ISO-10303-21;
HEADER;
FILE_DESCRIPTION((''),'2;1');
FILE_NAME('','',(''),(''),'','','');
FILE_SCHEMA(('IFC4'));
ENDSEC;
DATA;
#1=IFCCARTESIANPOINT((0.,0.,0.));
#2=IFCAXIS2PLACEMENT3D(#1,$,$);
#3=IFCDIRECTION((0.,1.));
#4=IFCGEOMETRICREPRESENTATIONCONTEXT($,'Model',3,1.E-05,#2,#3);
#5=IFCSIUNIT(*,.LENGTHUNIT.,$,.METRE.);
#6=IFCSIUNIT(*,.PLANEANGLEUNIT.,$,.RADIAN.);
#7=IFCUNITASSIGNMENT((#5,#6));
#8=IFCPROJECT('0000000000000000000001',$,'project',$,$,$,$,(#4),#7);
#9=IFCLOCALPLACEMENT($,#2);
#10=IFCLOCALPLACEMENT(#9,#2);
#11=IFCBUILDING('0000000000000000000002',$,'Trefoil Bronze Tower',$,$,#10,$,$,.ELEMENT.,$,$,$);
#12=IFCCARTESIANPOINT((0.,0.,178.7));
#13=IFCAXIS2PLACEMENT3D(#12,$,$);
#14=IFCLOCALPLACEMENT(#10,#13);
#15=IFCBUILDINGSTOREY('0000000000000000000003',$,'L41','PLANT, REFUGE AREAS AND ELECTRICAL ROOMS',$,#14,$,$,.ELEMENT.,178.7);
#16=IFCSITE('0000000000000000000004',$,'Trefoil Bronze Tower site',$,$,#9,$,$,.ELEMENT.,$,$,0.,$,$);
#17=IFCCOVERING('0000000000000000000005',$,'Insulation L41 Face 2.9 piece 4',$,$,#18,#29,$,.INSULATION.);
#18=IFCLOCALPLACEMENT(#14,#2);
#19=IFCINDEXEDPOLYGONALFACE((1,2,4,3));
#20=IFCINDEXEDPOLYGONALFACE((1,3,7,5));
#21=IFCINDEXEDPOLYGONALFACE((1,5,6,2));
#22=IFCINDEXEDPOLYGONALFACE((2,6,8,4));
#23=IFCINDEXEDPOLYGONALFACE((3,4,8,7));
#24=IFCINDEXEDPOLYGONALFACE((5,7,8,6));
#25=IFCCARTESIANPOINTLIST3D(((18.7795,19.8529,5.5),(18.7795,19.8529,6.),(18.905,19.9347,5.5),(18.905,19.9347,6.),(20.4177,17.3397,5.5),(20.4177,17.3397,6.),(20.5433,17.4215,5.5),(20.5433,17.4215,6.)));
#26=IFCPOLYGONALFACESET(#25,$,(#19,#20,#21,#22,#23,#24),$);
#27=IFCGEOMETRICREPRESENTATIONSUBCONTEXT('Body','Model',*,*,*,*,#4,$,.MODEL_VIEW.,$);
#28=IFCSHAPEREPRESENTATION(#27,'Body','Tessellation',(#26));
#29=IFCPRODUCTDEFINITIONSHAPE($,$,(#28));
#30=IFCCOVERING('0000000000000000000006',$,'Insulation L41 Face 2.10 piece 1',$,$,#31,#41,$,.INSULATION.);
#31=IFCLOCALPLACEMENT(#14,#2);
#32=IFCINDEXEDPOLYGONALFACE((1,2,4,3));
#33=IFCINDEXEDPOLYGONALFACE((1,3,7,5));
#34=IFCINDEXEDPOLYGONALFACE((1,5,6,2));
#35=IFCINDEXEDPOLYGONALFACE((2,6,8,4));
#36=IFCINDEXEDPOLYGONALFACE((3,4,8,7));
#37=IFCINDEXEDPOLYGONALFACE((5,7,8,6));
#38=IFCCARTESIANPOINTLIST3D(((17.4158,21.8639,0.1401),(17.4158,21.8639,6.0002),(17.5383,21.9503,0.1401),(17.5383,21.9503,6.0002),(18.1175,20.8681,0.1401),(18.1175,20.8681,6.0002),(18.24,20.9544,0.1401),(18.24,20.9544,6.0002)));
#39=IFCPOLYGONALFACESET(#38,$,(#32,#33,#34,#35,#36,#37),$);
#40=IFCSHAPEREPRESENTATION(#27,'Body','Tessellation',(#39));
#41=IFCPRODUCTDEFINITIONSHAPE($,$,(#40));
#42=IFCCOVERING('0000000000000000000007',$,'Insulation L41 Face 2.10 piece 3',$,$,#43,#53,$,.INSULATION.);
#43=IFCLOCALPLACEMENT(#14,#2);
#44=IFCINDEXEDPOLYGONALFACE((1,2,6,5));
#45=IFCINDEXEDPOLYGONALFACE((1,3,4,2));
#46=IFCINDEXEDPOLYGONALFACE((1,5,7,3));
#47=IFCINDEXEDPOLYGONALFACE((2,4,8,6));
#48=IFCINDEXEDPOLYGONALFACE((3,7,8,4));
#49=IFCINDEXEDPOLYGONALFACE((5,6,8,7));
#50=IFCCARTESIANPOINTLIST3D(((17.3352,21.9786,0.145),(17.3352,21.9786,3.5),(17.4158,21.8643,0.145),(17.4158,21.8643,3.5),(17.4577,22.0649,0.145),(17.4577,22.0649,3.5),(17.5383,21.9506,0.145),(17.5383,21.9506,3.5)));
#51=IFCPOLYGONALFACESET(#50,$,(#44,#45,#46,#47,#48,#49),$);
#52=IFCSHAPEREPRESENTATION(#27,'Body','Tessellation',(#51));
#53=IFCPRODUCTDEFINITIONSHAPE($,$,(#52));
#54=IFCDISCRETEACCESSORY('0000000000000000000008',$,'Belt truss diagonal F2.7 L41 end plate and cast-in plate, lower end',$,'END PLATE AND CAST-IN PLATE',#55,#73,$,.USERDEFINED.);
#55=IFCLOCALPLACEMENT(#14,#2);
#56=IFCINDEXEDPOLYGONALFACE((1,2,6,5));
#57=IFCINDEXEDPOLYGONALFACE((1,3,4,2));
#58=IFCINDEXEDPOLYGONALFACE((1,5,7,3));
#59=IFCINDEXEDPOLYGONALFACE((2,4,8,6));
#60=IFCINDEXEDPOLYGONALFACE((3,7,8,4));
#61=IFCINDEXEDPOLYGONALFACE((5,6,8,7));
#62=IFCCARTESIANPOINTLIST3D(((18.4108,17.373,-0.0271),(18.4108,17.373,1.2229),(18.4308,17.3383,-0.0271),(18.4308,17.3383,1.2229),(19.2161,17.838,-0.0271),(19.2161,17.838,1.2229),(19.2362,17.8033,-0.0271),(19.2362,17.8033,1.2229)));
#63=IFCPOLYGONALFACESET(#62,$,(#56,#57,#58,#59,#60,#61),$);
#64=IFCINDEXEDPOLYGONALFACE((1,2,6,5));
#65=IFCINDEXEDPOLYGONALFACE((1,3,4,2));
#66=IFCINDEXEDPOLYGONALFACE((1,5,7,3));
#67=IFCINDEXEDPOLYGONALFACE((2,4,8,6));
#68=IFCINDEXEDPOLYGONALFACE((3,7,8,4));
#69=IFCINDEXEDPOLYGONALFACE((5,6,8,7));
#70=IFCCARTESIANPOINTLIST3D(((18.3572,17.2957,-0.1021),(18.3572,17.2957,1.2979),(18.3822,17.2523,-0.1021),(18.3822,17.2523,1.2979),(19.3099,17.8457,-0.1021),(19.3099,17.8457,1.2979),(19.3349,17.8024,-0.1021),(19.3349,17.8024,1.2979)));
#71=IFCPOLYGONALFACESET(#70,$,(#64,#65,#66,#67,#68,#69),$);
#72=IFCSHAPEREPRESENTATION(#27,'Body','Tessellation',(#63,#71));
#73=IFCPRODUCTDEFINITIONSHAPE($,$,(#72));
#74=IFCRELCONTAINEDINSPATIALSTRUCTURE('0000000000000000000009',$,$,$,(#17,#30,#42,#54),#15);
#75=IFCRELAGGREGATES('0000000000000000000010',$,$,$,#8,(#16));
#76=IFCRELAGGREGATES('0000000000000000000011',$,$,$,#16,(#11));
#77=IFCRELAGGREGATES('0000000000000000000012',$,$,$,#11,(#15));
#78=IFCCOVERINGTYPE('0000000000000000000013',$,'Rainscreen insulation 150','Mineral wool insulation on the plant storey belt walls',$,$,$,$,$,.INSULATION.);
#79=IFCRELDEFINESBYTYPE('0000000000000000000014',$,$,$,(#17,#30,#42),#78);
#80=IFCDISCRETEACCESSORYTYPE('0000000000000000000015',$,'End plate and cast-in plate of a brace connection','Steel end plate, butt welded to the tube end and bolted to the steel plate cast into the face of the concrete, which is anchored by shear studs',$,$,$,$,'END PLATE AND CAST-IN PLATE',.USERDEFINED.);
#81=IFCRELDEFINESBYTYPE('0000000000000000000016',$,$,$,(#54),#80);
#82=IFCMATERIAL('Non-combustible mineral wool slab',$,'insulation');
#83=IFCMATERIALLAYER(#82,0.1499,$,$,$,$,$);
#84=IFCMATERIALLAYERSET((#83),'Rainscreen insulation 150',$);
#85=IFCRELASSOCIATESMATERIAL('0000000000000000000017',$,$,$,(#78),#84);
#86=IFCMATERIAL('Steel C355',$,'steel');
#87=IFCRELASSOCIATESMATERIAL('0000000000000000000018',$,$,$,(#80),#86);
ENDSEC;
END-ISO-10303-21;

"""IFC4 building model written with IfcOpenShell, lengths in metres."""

from ifc_helpers import new_model, si_unit, direction, frame, origin, origin_2d, place, context, subcontext, project, spatial, rectangle, extrude, material, layer, layer_set, type_object, element, save


model = new_model("IFC4")

# Units and contexts
model_context = context("Model", 3, precision=1e-05, world=origin(), true_north=direction((0.0, 1.0)))
body_context = subcontext(model_context, "Body", "Model", "MODEL_VIEW")
ifc_project = project(units=[si_unit("LENGTHUNIT", "METRE"), si_unit("PLANEANGLEUNIT", "RADIAN")], contexts=[model_context])

# Site, building, storey
site_placement = place(None, origin())
site = spatial("IfcSite", under=ifc_project, at=site_placement, Name="Trefoil Bronze Tower site", CompositionType="ELEMENT", RefElevation=0.0)
building_placement = place(site_placement, origin())
building = spatial("IfcBuilding", under=site, at=building_placement, Name="Trefoil Bronze Tower", CompositionType="ELEMENT")
storey_placement = place(building_placement, frame((0.0, 0.0, 178.7)))
storey = spatial("IfcBuildingStorey", under=building, at=storey_placement, Name="L41", Description="PLANT, REFUGE AREAS AND ELECTRICAL ROOMS", CompositionType="ELEMENT", Elevation=178.7)

# Coverings
ifc_material_1 = material(Name="Non-combustible mineral wool slab", Category="insulation")
ifc_layer_1 = layer(ifc_material_1, 0.1499)
ifc_layer_set_1 = layer_set([ifc_layer_1], Name="Rainscreen insulation 150")
covering_type_1 = type_object("IfcCoveringType", Name="Rainscreen insulation 150", Description="Mineral wool insulation on the plant storey belt walls", PredefinedType="INSULATION", material=ifc_layer_set_1)
covering_1_placement = place(storey_placement, frame((19.6614, 18.6372, 5.5), z_axis=(0.0, 0.0, 1.0), x_axis=(-0.546089, 0.837727, 0.0)))
element("IfcCovering", 1, at=covering_1_placement, inside=storey, type_object=covering_type_1, Name="Insulation L41 Face 2.9 piece 4", PredefinedType="INSULATION", context=body_context, shape_type="SweptSolid", body=[
    extrude(rectangle(XDim=3.0, YDim=0.1499, at=origin_2d()), origin(), (0.0, 0.0, 1.0), 0.5),
])
covering_2_placement = place(storey_placement, frame((17.8279, 21.4092, 0.1401), z_axis=(0.0, 0.0, 1.0), x_axis=(-0.575999, 0.81745, 0.0)))
element("IfcCovering", 2, at=covering_2_placement, inside=storey, type_object=covering_type_1, Name="Insulation L41 Face 2.10 piece 1", PredefinedType="INSULATION", context=body_context, shape_type="SweptSolid", body=[
    extrude(rectangle(XDim=1.2183, YDim=0.1499, at=origin_2d()), origin(), (0.0, 0.0, 1.0), 5.8601),
])
covering_3_placement = place(storey_placement, frame((17.4368, 21.9646, 0.145), z_axis=(0.0, 0.0, 1.0), x_axis=(-0.575999, 0.81745, 0.0)))
element("IfcCovering", 3, at=covering_3_placement, inside=storey, type_object=covering_type_1, Name="Insulation L41 Face 2.10 piece 3", PredefinedType="INSULATION", context=body_context, shape_type="SweptSolid", body=[
    extrude(rectangle(XDim=0.1399, YDim=0.1499, at=origin_2d()), origin(), (0.0, 0.0, 1.0), 3.355),
])

# Discrete accessory
ifc_material_2 = material(Name="Steel C355", Category="steel")
discrete_accessory_type = type_object("IfcDiscreteAccessoryType", Name="End plate and cast-in plate of a brace connection", Description="Steel end plate, butt welded to the tube end and bolted to the steel plate cast into the face of the concrete, which is anchored by shear studs", ElementType="END PLATE AND CAST-IN PLATE", PredefinedType="USERDEFINED", material=ifc_material_2)
discrete_accessory_placement = place(storey_placement, frame((18.8335, 17.5708, 0.5979), z_axis=(0.0, 0.0, 1.0), x_axis=(-0.5, 0.866025, 0.0)))
element("IfcDiscreteAccessory", 4, at=discrete_accessory_placement, inside=storey, type_object=discrete_accessory_type, Name="Belt truss diagonal F2.7 L41 end plate and cast-in plate, lower end", ObjectType="END PLATE AND CAST-IN PLATE", PredefinedType="USERDEFINED", context=body_context, shape_type="SweptSolid", body=[
    extrude(rectangle(XDim=0.04, YDim=0.9299, at=origin_2d()), frame((0.02, 0.0, -0.625)), (0.0, 0.0, 1.0), 1.25),
    extrude(rectangle(XDim=0.05, YDim=1.1001, at=origin_2d()), frame((-0.0251, 0.0, -0.7)), (0.0, 0.0, 1.0), 1.3999),
])

save(model, "model.ifc")
